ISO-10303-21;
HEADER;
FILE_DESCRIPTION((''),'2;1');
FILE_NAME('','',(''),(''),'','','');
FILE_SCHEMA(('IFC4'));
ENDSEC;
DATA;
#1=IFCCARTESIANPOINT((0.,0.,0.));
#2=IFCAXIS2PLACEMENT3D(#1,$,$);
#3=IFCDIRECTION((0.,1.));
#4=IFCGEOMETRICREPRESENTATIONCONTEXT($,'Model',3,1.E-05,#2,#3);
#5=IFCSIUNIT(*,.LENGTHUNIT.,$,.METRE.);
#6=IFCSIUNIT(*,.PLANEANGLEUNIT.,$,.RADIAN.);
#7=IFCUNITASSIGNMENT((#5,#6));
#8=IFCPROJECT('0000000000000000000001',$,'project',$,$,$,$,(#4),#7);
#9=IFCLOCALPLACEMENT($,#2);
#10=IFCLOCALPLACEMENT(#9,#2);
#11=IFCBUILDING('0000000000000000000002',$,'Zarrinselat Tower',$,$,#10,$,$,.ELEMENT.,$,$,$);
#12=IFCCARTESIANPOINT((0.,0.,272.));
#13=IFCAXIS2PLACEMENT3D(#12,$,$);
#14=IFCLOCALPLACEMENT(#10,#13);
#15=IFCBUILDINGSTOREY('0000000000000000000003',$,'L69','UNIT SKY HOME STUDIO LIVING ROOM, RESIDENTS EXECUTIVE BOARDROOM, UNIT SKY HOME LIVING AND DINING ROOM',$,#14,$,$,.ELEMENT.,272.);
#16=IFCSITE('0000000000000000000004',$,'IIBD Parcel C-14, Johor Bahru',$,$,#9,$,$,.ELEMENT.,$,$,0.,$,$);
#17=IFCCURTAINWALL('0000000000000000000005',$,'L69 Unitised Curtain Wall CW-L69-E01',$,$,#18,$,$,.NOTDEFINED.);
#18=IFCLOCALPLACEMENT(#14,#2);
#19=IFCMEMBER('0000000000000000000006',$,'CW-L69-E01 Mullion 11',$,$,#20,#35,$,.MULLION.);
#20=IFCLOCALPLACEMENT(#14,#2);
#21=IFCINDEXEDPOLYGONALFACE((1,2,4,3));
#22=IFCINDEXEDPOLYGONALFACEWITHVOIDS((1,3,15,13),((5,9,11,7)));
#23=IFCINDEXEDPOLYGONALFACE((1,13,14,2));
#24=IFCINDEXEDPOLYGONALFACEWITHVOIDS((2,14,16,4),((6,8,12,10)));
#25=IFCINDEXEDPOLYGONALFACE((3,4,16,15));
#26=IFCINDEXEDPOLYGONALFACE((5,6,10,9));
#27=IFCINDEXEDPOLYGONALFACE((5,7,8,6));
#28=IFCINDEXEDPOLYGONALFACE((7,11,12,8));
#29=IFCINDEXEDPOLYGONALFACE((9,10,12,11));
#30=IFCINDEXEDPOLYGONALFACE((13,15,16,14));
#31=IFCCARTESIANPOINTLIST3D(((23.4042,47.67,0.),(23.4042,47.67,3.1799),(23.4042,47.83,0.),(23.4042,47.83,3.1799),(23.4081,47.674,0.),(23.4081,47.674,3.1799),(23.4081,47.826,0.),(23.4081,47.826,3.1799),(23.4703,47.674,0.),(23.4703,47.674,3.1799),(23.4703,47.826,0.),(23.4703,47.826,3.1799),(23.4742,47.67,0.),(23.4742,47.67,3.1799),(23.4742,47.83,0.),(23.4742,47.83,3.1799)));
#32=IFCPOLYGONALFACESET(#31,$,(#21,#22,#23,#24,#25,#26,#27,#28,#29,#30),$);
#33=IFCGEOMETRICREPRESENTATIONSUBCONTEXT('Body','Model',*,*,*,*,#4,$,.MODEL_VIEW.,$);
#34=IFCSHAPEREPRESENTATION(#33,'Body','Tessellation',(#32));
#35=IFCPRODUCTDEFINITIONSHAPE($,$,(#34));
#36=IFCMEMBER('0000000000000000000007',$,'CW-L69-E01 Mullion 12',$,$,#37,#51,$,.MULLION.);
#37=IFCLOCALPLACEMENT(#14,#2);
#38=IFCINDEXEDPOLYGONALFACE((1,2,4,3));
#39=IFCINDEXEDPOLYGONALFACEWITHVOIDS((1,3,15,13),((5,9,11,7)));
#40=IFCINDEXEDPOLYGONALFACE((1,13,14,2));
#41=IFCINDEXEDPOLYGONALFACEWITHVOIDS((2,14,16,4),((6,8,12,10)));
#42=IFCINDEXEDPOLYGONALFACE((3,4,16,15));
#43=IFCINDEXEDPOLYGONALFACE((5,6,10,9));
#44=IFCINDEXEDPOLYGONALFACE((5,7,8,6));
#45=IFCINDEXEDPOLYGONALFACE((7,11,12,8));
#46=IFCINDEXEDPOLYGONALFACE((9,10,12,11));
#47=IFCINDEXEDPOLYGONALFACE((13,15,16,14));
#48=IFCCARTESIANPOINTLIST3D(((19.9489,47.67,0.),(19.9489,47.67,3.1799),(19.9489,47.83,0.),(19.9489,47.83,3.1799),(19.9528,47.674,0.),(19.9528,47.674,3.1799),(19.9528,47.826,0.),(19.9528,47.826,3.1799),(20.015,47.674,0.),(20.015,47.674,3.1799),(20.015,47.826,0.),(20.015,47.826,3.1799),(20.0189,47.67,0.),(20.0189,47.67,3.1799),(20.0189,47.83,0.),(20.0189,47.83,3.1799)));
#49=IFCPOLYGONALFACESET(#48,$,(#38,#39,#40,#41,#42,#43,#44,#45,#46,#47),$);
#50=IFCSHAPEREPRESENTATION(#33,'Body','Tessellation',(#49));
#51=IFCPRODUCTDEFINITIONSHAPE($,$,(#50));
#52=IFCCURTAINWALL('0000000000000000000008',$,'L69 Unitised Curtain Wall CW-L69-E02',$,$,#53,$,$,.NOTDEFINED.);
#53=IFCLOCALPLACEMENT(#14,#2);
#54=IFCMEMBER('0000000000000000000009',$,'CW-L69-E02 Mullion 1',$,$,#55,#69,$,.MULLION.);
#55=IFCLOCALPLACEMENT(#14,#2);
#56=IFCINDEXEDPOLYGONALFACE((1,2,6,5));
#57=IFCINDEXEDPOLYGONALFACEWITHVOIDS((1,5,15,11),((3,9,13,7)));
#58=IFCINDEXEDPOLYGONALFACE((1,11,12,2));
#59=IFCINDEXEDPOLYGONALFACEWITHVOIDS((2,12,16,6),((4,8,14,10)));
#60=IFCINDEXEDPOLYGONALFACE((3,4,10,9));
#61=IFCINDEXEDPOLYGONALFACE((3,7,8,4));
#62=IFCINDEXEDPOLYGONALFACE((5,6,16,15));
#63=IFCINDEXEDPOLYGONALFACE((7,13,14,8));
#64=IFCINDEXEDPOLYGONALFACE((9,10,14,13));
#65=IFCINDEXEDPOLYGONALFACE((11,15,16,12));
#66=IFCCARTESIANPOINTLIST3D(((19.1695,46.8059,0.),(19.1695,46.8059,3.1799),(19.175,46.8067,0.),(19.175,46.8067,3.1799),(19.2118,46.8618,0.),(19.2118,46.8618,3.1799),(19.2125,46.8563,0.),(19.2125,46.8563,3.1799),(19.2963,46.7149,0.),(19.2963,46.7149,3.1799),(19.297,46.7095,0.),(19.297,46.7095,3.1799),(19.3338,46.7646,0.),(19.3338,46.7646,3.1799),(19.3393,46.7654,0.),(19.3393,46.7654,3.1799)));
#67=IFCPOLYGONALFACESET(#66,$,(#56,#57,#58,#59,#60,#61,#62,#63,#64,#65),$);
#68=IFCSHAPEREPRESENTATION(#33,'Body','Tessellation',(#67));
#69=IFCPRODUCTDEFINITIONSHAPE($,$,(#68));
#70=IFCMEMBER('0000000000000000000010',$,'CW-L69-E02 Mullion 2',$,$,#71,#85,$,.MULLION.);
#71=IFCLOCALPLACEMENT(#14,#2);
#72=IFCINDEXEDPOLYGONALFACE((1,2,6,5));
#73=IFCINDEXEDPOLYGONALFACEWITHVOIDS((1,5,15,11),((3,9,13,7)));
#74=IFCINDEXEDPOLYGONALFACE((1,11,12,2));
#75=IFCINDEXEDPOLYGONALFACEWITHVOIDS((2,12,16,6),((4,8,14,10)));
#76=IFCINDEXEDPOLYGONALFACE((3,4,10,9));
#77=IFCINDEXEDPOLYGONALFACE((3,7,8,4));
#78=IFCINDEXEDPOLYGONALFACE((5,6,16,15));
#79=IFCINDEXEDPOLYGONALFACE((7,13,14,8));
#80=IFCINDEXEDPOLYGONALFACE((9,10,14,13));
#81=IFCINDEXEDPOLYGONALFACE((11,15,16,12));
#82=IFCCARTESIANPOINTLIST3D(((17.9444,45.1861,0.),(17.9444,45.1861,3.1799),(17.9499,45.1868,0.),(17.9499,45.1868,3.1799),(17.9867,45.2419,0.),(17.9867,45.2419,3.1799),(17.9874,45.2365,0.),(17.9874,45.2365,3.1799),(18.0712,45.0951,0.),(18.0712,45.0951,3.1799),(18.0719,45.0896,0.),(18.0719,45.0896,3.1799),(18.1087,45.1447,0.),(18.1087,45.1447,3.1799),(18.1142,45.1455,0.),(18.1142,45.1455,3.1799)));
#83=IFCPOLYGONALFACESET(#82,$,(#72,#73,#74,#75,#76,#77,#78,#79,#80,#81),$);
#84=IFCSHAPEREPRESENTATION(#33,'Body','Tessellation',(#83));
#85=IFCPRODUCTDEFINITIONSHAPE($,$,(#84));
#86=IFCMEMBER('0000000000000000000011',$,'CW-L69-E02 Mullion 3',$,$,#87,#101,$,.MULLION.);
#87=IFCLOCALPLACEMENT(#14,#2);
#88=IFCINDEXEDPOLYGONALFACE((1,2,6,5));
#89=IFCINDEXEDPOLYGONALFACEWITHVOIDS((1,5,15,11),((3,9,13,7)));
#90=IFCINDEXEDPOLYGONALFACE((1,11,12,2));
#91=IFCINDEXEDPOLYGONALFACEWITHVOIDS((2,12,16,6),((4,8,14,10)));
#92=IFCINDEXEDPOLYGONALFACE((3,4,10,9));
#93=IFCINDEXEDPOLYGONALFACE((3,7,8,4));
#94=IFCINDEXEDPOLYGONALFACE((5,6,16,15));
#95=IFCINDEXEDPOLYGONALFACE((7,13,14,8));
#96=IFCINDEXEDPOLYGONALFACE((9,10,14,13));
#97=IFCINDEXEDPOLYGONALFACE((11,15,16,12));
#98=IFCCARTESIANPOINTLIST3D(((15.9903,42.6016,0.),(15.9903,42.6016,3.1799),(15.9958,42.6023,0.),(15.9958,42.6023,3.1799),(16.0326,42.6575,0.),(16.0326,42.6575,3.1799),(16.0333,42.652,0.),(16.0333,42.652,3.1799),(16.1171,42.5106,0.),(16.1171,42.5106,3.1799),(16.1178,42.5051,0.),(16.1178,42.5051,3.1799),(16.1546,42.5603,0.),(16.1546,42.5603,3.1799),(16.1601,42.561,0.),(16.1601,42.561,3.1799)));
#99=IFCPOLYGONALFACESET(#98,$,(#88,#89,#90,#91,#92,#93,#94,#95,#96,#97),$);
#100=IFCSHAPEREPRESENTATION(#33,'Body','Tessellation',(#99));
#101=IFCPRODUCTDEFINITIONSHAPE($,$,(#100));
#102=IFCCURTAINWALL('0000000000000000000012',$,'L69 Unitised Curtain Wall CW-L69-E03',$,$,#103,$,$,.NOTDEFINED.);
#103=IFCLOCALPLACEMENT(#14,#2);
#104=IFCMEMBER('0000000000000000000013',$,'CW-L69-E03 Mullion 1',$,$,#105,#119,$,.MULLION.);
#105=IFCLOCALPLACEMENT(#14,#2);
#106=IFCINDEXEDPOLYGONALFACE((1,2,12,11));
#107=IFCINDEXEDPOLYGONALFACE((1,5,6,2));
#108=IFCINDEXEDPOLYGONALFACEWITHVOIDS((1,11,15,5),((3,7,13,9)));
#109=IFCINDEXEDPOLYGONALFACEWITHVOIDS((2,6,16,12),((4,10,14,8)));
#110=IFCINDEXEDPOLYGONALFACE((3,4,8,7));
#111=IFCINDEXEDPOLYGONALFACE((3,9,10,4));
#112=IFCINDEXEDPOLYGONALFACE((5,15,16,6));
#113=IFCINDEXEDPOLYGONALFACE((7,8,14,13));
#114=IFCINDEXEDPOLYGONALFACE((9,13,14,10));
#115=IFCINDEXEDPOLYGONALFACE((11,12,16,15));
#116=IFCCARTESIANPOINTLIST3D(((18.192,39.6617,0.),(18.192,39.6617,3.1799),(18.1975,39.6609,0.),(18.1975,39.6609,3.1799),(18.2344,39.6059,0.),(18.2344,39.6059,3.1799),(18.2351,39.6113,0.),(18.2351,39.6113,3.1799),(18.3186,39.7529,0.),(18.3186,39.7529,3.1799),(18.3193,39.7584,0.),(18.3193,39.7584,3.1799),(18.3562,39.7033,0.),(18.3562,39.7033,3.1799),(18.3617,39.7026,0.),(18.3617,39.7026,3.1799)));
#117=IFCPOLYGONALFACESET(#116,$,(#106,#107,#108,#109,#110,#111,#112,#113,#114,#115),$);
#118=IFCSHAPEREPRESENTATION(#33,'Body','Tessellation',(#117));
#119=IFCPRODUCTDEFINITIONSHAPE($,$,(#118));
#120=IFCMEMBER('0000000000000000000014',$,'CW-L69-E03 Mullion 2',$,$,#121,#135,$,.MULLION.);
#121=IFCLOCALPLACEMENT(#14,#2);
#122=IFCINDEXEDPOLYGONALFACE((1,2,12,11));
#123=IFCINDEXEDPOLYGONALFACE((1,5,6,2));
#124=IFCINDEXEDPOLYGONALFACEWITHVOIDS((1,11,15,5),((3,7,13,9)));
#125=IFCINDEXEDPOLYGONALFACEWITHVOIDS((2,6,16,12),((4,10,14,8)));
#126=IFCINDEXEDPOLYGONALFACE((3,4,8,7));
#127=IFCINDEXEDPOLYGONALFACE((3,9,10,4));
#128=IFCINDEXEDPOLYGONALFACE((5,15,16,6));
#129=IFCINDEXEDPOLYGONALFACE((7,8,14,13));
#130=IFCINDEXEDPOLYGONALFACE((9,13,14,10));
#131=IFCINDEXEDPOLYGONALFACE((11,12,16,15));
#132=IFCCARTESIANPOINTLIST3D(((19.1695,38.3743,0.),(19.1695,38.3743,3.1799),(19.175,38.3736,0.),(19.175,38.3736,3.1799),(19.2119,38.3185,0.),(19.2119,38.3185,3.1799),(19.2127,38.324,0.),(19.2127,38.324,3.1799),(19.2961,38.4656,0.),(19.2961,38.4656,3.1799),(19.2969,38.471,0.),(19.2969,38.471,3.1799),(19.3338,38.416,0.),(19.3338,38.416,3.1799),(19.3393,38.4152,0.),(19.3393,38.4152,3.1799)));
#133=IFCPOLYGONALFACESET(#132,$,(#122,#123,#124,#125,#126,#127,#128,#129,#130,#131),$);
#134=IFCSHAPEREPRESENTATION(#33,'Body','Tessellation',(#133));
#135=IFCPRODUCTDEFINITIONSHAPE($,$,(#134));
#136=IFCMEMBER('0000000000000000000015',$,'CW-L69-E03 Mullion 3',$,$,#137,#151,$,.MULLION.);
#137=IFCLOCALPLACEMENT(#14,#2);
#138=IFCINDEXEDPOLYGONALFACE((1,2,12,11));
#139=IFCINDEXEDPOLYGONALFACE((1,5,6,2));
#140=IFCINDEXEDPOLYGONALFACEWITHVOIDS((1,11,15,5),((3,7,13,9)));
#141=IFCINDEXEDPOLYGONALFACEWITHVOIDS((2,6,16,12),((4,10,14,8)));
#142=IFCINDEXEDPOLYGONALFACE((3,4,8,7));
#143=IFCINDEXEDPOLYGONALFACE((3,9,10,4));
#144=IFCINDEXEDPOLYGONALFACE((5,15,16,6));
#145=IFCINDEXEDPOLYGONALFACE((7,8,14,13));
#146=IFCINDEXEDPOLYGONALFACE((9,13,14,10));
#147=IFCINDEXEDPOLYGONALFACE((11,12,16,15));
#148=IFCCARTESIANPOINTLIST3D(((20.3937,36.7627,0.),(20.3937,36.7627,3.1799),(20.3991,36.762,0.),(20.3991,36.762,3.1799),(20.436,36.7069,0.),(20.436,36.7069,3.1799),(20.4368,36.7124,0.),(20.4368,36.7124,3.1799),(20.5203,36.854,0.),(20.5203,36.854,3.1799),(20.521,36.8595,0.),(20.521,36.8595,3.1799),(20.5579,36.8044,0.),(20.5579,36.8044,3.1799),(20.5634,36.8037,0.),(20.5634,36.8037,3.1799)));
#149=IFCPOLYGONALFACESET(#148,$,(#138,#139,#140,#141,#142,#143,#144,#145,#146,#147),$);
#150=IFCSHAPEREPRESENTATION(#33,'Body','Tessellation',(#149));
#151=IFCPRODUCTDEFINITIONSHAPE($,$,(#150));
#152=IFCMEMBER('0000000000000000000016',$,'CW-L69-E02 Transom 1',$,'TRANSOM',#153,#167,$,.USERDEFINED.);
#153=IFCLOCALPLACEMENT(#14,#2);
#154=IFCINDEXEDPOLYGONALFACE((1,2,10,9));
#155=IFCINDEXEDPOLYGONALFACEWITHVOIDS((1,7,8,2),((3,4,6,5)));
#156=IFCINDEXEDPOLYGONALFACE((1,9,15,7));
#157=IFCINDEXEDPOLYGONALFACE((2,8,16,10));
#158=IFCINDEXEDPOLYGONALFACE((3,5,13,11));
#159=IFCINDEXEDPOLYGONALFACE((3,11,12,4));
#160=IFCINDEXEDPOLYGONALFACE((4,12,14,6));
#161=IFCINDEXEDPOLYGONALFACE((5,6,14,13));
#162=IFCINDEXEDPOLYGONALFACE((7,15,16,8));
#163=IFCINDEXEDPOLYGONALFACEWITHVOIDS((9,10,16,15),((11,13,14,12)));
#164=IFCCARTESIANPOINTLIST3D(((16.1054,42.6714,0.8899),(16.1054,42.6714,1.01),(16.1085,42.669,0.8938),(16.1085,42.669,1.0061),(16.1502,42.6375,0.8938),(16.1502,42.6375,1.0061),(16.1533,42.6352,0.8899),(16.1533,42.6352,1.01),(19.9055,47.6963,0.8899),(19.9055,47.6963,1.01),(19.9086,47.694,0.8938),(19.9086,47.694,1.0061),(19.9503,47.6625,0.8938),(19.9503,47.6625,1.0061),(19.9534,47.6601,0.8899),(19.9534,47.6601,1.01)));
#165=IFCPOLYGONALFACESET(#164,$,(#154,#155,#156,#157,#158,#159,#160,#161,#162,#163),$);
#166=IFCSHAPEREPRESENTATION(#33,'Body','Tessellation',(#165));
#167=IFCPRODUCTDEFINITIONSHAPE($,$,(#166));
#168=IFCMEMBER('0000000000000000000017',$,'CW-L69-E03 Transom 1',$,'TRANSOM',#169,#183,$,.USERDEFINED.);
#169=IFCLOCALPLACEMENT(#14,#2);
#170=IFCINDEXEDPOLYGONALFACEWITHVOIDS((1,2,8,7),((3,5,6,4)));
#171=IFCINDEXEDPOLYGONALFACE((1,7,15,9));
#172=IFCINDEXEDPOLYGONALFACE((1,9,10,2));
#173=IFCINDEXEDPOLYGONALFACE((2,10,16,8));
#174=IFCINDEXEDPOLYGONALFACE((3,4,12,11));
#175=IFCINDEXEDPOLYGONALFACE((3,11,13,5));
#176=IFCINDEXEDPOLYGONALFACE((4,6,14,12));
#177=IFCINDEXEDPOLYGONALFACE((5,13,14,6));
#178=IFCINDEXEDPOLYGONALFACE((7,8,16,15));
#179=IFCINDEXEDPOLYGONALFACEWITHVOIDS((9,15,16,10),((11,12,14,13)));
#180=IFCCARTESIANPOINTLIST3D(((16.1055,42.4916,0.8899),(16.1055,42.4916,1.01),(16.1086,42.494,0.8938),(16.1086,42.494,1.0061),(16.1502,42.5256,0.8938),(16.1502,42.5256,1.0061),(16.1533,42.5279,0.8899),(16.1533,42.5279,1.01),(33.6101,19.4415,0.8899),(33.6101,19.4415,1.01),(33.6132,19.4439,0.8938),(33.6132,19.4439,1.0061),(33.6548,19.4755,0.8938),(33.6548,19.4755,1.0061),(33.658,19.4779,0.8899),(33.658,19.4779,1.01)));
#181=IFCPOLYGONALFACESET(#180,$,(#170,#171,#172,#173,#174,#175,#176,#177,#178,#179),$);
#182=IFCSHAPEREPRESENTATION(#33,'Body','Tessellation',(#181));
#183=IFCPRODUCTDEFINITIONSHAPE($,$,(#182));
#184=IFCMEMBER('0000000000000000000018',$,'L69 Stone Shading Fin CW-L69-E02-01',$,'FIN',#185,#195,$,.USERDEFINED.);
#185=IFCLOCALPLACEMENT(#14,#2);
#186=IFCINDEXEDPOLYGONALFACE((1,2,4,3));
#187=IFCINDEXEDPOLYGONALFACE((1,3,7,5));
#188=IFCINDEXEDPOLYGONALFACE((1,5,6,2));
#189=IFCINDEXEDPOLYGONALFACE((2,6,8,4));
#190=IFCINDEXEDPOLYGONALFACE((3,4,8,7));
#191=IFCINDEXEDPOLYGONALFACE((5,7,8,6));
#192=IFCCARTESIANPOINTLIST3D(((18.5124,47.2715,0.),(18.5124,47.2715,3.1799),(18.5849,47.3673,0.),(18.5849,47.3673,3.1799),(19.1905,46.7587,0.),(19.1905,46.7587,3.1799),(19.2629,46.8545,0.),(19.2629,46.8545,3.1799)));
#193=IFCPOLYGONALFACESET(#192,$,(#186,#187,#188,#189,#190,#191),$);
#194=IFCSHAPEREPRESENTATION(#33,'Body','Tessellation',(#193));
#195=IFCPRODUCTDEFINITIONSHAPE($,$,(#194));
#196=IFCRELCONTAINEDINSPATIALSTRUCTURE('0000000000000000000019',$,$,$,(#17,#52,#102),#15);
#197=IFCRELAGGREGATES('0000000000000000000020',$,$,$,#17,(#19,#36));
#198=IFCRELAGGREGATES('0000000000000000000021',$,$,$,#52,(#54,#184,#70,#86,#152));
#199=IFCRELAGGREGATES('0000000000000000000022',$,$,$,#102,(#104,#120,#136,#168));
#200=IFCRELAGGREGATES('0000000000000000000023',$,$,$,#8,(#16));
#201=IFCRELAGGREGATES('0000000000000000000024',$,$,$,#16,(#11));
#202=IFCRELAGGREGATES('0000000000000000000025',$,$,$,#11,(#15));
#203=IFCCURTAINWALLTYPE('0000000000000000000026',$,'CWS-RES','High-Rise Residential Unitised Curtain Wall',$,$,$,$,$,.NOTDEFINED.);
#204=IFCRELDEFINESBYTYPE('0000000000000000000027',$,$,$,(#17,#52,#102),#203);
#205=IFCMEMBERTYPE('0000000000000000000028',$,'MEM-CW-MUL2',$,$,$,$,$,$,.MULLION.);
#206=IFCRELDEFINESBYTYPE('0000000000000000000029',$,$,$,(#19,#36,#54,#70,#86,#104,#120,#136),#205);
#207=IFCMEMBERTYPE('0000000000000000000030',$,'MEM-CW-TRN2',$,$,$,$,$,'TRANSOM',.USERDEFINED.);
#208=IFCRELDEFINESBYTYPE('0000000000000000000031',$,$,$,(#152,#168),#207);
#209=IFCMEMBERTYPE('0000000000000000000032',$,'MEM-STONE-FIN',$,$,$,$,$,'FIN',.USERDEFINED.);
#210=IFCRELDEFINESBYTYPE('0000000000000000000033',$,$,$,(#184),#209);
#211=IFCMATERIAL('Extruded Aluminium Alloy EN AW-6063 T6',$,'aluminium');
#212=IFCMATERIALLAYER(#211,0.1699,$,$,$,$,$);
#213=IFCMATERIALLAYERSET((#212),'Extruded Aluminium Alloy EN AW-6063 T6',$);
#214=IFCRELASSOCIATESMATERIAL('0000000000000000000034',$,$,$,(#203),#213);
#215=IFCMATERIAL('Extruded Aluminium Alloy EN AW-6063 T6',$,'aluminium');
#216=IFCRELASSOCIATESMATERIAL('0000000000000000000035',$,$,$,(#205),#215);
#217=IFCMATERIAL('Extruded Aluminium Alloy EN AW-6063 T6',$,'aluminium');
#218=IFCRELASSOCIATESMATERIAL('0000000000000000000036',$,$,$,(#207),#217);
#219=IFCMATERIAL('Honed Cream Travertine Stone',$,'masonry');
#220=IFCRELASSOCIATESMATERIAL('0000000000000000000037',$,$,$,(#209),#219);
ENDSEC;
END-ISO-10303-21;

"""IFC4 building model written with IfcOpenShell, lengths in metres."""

from ifc_helpers import new_model, si_unit, direction, frame, origin, origin_2d, place, context, subcontext, project, spatial, rectangle, hollow_rectangle, extrude, material, layer, layer_set, material_profile, profile_set, type_object, element, aggregate, save


model = new_model("IFC4")

# Units and contexts
model_context = context("Model", 3, precision=1e-05, world=origin(), true_north=direction((0.0, 1.0)))
body_context = subcontext(model_context, "Body", "Model", "MODEL_VIEW")
ifc_project = project(units=[si_unit("LENGTHUNIT", "METRE"), si_unit("PLANEANGLEUNIT", "RADIAN")], contexts=[model_context])

# Site, building, storey
site_placement = place(None, origin())
site = spatial("IfcSite", under=ifc_project, at=site_placement, Name="IIBD Parcel C-14, Johor Bahru", CompositionType="ELEMENT", RefElevation=0.0)
building_placement = place(site_placement, origin())
building = spatial("IfcBuilding", under=site, at=building_placement, Name="Zarrinselat Tower", CompositionType="ELEMENT")
storey_placement = place(building_placement, frame((0.0, 0.0, 272.0)))
storey = spatial("IfcBuildingStorey", under=building, at=storey_placement, Name="L69", Description="UNIT SKY HOME STUDIO LIVING ROOM, RESIDENTS EXECUTIVE BOARDROOM, UNIT SKY HOME LIVING AND DINING ROOM", CompositionType="ELEMENT", Elevation=272.0)

# Curtain walls, members
ifc_material_1 = material(Name="Extruded Aluminium Alloy EN AW-6063 T6", Category="aluminium")
ifc_layer_1 = layer(ifc_material_1, 0.1699)
ifc_layer_set_1 = layer_set([ifc_layer_1], Name="Extruded Aluminium Alloy EN AW-6063 T6")
curtain_wall_type = type_object("IfcCurtainWallType", Name="CWS-RES", Description="High-Rise Residential Unitised Curtain Wall", PredefinedType="NOTDEFINED", material=ifc_layer_set_1)
curtain_wall_1_placement = place(storey_placement, origin())
curtain_wall_1 = element("IfcCurtainWall", 1, at=curtain_wall_1_placement, inside=storey, type_object=curtain_wall_type, Name="L69 Unitised Curtain Wall CW-L69-E01", PredefinedType="NOTDEFINED")
ifc_material_2 = material(Name="Extruded Aluminium Alloy EN AW-6063 T6", Category="aluminium")
ifc_material_profile_1 = material_profile(ifc_material_2, hollow_rectangle(XDim=0.0701, YDim=0.1599, WallThickness=0.0039, at=origin_2d()), Name="RHS 160x70x4")
ifc_profile_set_1 = profile_set([ifc_material_profile_1], Name="Extruded Aluminium Alloy EN AW-6063 T6")
member_type_1 = type_object("IfcMemberType", Name="MEM-CW-MUL2", PredefinedType="MULLION", material=ifc_profile_set_1)
member_1_placement = place(storey_placement, frame((23.4392, 47.75, 0.0), z_axis=(0.0, 0.0, 1.0), x_axis=(-1.0, 0.0, 0.0)))
member_1 = element("IfcMember", 2, at=member_1_placement, type_object=member_type_1, Name="CW-L69-E01 Mullion 11", PredefinedType="MULLION", context=body_context, shape_type="SweptSolid", body=[
    extrude(hollow_rectangle(XDim=0.0701, YDim=0.1599, WallThickness=0.0039, at=origin_2d()), origin(), (0.0, 0.0, 1.0), 3.1799),
])
member_2_placement = place(storey_placement, frame((19.9839, 47.75, 0.0), z_axis=(0.0, 0.0, 1.0), x_axis=(-1.0, 0.0, 0.0)))
member_2 = element("IfcMember", 3, at=member_2_placement, type_object=member_type_1, Name="CW-L69-E01 Mullion 12", PredefinedType="MULLION", context=body_context, shape_type="SweptSolid", body=[
    extrude(hollow_rectangle(XDim=0.0701, YDim=0.1599, WallThickness=0.0039, at=origin_2d()), origin(), (0.0, 0.0, 1.0), 3.1799),
])
curtain_wall_2_placement = place(storey_placement, origin())
curtain_wall_2 = element("IfcCurtainWall", 4, at=curtain_wall_2_placement, inside=storey, type_object=curtain_wall_type, Name="L69 Unitised Curtain Wall CW-L69-E02", PredefinedType="NOTDEFINED")
member_3_placement = place(storey_placement, frame((19.2544, 46.7856, 0.0), z_axis=(0.0, 0.0, 1.0), x_axis=(-0.60318, -0.797605, 0.0)))
member_3 = element("IfcMember", 5, at=member_3_placement, type_object=member_type_1, Name="CW-L69-E02 Mullion 1", PredefinedType="MULLION", context=body_context, shape_type="SweptSolid", body=[
    extrude(hollow_rectangle(XDim=0.0701, YDim=0.1599, WallThickness=0.0039, at=origin_2d()), origin(), (0.0, 0.0, 1.0), 3.1799),
])
member_4_placement = place(storey_placement, frame((18.0293, 45.1658, 0.0), z_axis=(0.0, 0.0, 1.0), x_axis=(-0.60318, -0.797605, 0.0)))
member_4 = element("IfcMember", 6, at=member_4_placement, type_object=member_type_1, Name="CW-L69-E02 Mullion 2", PredefinedType="MULLION", context=body_context, shape_type="SweptSolid", body=[
    extrude(hollow_rectangle(XDim=0.0701, YDim=0.1599, WallThickness=0.0039, at=origin_2d()), origin(), (0.0, 0.0, 1.0), 3.1799),
])
member_5_placement = place(storey_placement, frame((16.0752, 42.5813, 0.0), z_axis=(0.0, 0.0, 1.0), x_axis=(-0.60318, -0.797605, 0.0)))
member_5 = element("IfcMember", 7, at=member_5_placement, type_object=member_type_1, Name="CW-L69-E02 Mullion 3", PredefinedType="MULLION", context=body_context, shape_type="SweptSolid", body=[
    extrude(hollow_rectangle(XDim=0.0701, YDim=0.1599, WallThickness=0.0039, at=origin_2d()), origin(), (0.0, 0.0, 1.0), 3.1799),
])
curtain_wall_3_placement = place(storey_placement, origin())
curtain_wall_3 = element("IfcCurtainWall", 8, at=curtain_wall_3_placement, inside=storey, type_object=curtain_wall_type, Name="L69 Unitised Curtain Wall CW-L69-E03", PredefinedType="NOTDEFINED")
member_6_placement = place(storey_placement, frame((18.2769, 39.6821, 0.0), z_axis=(0.0, 0.0, 1.0), x_axis=(0.604788, -0.796387, 0.0)))
member_6 = element("IfcMember", 9, at=member_6_placement, type_object=member_type_1, Name="CW-L69-E03 Mullion 1", PredefinedType="MULLION", context=body_context, shape_type="SweptSolid", body=[
    extrude(hollow_rectangle(XDim=0.0701, YDim=0.1599, WallThickness=0.0039, at=origin_2d()), origin(), (0.0, 0.0, 1.0), 3.1799),
])
member_7_placement = place(storey_placement, frame((19.2544, 38.3948, 0.0), z_axis=(0.0, 0.0, 1.0), x_axis=(0.604788, -0.796387, 0.0)))
member_7 = element("IfcMember", 10, at=member_7_placement, type_object=member_type_1, Name="CW-L69-E03 Mullion 2", PredefinedType="MULLION", context=body_context, shape_type="SweptSolid", body=[
    extrude(hollow_rectangle(XDim=0.0701, YDim=0.1599, WallThickness=0.0039, at=origin_2d()), origin(), (0.0, 0.0, 1.0), 3.1799),
])
member_8_placement = place(storey_placement, frame((20.4785, 36.7832, 0.0), z_axis=(0.0, 0.0, 1.0), x_axis=(0.604788, -0.796387, 0.0)))
member_8 = element("IfcMember", 11, at=member_8_placement, type_object=member_type_1, Name="CW-L69-E03 Mullion 3", PredefinedType="MULLION", context=body_context, shape_type="SweptSolid", body=[
    extrude(hollow_rectangle(XDim=0.0701, YDim=0.1599, WallThickness=0.0039, at=origin_2d()), origin(), (0.0, 0.0, 1.0), 3.1799),
])

# Members
ifc_material_3 = material(Name="Extruded Aluminium Alloy EN AW-6063 T6", Category="aluminium")
ifc_material_profile_2 = material_profile(ifc_material_3, hollow_rectangle(XDim=0.0601, YDim=0.1201, WallThickness=0.0039, at=origin_2d()), Name="RHS 120x60x4")
ifc_profile_set_2 = profile_set([ifc_material_profile_2], Name="Extruded Aluminium Alloy EN AW-6063 T6")
member_type_2 = type_object("IfcMemberType", Name="MEM-CW-TRN2", ElementType="TRANSOM", PredefinedType="USERDEFINED", material=ifc_profile_set_2)
member_9_placement = place(storey_placement, frame((19.9294, 47.6782, 0.95), z_axis=(-0.603182, -0.797603, 0.0), x_axis=(0.797603, -0.603182, 0.0)))
member_9 = element("IfcMember", 12, at=member_9_placement, type_object=member_type_2, Name="CW-L69-E02 Transom 1", ObjectType="TRANSOM", PredefinedType="USERDEFINED", context=body_context, shape_type="SweptSolid", body=[
    extrude(hollow_rectangle(XDim=0.0601, YDim=0.1201, WallThickness=0.0039, at=origin_2d()), origin(), (0.0, 0.0, 1.0), 6.3),
])
member_10_placement = place(storey_placement, frame((16.1294, 42.5098, 0.95), z_axis=(0.60479, -0.796385, 0.0), x_axis=(0.796385, 0.60479, 0.0)))
member_10 = element("IfcMember", 13, at=member_10_placement, type_object=member_type_2, Name="CW-L69-E03 Transom 1", ObjectType="TRANSOM", PredefinedType="USERDEFINED", context=body_context, shape_type="SweptSolid", body=[
    extrude(hollow_rectangle(XDim=0.0601, YDim=0.1201, WallThickness=0.0039, at=origin_2d()), origin(), (0.0, 0.0, 1.0), 28.9434),
])
ifc_material_4 = material(Name="Honed Cream Travertine Stone", Category="masonry")
ifc_material_profile_3 = material_profile(ifc_material_4, rectangle(XDim=0.1201, YDim=0.8501, at=origin_2d()), Name="FIN 850x120")
ifc_profile_set_3 = profile_set([ifc_material_profile_3], Name="Honed Cream Travertine Stone")
member_type_3 = type_object("IfcMemberType", Name="MEM-STONE-FIN", ElementType="FIN", PredefinedType="USERDEFINED", material=ifc_profile_set_3)
member_11_placement = place(storey_placement, frame((18.8877, 47.063, 0.0), z_axis=(0.0, 0.0, 1.0), x_axis=(0.60318, 0.797605, 0.0)))
member_11 = element("IfcMember", 14, at=member_11_placement, type_object=member_type_3, Name="L69 Stone Shading Fin CW-L69-E02-01", ObjectType="FIN", PredefinedType="USERDEFINED", context=body_context, shape_type="SweptSolid", body=[
    extrude(rectangle(XDim=0.1201, YDim=0.8501, at=origin_2d()), origin(), (0.0, 0.0, 1.0), 3.1799),
])

aggregate(curtain_wall_1, [member_1, member_2])
aggregate(curtain_wall_2, [member_3, member_11, member_4, member_5, member_9])
aggregate(curtain_wall_3, [member_6, member_7, member_8, member_10])

save(model, "model.ifc")
